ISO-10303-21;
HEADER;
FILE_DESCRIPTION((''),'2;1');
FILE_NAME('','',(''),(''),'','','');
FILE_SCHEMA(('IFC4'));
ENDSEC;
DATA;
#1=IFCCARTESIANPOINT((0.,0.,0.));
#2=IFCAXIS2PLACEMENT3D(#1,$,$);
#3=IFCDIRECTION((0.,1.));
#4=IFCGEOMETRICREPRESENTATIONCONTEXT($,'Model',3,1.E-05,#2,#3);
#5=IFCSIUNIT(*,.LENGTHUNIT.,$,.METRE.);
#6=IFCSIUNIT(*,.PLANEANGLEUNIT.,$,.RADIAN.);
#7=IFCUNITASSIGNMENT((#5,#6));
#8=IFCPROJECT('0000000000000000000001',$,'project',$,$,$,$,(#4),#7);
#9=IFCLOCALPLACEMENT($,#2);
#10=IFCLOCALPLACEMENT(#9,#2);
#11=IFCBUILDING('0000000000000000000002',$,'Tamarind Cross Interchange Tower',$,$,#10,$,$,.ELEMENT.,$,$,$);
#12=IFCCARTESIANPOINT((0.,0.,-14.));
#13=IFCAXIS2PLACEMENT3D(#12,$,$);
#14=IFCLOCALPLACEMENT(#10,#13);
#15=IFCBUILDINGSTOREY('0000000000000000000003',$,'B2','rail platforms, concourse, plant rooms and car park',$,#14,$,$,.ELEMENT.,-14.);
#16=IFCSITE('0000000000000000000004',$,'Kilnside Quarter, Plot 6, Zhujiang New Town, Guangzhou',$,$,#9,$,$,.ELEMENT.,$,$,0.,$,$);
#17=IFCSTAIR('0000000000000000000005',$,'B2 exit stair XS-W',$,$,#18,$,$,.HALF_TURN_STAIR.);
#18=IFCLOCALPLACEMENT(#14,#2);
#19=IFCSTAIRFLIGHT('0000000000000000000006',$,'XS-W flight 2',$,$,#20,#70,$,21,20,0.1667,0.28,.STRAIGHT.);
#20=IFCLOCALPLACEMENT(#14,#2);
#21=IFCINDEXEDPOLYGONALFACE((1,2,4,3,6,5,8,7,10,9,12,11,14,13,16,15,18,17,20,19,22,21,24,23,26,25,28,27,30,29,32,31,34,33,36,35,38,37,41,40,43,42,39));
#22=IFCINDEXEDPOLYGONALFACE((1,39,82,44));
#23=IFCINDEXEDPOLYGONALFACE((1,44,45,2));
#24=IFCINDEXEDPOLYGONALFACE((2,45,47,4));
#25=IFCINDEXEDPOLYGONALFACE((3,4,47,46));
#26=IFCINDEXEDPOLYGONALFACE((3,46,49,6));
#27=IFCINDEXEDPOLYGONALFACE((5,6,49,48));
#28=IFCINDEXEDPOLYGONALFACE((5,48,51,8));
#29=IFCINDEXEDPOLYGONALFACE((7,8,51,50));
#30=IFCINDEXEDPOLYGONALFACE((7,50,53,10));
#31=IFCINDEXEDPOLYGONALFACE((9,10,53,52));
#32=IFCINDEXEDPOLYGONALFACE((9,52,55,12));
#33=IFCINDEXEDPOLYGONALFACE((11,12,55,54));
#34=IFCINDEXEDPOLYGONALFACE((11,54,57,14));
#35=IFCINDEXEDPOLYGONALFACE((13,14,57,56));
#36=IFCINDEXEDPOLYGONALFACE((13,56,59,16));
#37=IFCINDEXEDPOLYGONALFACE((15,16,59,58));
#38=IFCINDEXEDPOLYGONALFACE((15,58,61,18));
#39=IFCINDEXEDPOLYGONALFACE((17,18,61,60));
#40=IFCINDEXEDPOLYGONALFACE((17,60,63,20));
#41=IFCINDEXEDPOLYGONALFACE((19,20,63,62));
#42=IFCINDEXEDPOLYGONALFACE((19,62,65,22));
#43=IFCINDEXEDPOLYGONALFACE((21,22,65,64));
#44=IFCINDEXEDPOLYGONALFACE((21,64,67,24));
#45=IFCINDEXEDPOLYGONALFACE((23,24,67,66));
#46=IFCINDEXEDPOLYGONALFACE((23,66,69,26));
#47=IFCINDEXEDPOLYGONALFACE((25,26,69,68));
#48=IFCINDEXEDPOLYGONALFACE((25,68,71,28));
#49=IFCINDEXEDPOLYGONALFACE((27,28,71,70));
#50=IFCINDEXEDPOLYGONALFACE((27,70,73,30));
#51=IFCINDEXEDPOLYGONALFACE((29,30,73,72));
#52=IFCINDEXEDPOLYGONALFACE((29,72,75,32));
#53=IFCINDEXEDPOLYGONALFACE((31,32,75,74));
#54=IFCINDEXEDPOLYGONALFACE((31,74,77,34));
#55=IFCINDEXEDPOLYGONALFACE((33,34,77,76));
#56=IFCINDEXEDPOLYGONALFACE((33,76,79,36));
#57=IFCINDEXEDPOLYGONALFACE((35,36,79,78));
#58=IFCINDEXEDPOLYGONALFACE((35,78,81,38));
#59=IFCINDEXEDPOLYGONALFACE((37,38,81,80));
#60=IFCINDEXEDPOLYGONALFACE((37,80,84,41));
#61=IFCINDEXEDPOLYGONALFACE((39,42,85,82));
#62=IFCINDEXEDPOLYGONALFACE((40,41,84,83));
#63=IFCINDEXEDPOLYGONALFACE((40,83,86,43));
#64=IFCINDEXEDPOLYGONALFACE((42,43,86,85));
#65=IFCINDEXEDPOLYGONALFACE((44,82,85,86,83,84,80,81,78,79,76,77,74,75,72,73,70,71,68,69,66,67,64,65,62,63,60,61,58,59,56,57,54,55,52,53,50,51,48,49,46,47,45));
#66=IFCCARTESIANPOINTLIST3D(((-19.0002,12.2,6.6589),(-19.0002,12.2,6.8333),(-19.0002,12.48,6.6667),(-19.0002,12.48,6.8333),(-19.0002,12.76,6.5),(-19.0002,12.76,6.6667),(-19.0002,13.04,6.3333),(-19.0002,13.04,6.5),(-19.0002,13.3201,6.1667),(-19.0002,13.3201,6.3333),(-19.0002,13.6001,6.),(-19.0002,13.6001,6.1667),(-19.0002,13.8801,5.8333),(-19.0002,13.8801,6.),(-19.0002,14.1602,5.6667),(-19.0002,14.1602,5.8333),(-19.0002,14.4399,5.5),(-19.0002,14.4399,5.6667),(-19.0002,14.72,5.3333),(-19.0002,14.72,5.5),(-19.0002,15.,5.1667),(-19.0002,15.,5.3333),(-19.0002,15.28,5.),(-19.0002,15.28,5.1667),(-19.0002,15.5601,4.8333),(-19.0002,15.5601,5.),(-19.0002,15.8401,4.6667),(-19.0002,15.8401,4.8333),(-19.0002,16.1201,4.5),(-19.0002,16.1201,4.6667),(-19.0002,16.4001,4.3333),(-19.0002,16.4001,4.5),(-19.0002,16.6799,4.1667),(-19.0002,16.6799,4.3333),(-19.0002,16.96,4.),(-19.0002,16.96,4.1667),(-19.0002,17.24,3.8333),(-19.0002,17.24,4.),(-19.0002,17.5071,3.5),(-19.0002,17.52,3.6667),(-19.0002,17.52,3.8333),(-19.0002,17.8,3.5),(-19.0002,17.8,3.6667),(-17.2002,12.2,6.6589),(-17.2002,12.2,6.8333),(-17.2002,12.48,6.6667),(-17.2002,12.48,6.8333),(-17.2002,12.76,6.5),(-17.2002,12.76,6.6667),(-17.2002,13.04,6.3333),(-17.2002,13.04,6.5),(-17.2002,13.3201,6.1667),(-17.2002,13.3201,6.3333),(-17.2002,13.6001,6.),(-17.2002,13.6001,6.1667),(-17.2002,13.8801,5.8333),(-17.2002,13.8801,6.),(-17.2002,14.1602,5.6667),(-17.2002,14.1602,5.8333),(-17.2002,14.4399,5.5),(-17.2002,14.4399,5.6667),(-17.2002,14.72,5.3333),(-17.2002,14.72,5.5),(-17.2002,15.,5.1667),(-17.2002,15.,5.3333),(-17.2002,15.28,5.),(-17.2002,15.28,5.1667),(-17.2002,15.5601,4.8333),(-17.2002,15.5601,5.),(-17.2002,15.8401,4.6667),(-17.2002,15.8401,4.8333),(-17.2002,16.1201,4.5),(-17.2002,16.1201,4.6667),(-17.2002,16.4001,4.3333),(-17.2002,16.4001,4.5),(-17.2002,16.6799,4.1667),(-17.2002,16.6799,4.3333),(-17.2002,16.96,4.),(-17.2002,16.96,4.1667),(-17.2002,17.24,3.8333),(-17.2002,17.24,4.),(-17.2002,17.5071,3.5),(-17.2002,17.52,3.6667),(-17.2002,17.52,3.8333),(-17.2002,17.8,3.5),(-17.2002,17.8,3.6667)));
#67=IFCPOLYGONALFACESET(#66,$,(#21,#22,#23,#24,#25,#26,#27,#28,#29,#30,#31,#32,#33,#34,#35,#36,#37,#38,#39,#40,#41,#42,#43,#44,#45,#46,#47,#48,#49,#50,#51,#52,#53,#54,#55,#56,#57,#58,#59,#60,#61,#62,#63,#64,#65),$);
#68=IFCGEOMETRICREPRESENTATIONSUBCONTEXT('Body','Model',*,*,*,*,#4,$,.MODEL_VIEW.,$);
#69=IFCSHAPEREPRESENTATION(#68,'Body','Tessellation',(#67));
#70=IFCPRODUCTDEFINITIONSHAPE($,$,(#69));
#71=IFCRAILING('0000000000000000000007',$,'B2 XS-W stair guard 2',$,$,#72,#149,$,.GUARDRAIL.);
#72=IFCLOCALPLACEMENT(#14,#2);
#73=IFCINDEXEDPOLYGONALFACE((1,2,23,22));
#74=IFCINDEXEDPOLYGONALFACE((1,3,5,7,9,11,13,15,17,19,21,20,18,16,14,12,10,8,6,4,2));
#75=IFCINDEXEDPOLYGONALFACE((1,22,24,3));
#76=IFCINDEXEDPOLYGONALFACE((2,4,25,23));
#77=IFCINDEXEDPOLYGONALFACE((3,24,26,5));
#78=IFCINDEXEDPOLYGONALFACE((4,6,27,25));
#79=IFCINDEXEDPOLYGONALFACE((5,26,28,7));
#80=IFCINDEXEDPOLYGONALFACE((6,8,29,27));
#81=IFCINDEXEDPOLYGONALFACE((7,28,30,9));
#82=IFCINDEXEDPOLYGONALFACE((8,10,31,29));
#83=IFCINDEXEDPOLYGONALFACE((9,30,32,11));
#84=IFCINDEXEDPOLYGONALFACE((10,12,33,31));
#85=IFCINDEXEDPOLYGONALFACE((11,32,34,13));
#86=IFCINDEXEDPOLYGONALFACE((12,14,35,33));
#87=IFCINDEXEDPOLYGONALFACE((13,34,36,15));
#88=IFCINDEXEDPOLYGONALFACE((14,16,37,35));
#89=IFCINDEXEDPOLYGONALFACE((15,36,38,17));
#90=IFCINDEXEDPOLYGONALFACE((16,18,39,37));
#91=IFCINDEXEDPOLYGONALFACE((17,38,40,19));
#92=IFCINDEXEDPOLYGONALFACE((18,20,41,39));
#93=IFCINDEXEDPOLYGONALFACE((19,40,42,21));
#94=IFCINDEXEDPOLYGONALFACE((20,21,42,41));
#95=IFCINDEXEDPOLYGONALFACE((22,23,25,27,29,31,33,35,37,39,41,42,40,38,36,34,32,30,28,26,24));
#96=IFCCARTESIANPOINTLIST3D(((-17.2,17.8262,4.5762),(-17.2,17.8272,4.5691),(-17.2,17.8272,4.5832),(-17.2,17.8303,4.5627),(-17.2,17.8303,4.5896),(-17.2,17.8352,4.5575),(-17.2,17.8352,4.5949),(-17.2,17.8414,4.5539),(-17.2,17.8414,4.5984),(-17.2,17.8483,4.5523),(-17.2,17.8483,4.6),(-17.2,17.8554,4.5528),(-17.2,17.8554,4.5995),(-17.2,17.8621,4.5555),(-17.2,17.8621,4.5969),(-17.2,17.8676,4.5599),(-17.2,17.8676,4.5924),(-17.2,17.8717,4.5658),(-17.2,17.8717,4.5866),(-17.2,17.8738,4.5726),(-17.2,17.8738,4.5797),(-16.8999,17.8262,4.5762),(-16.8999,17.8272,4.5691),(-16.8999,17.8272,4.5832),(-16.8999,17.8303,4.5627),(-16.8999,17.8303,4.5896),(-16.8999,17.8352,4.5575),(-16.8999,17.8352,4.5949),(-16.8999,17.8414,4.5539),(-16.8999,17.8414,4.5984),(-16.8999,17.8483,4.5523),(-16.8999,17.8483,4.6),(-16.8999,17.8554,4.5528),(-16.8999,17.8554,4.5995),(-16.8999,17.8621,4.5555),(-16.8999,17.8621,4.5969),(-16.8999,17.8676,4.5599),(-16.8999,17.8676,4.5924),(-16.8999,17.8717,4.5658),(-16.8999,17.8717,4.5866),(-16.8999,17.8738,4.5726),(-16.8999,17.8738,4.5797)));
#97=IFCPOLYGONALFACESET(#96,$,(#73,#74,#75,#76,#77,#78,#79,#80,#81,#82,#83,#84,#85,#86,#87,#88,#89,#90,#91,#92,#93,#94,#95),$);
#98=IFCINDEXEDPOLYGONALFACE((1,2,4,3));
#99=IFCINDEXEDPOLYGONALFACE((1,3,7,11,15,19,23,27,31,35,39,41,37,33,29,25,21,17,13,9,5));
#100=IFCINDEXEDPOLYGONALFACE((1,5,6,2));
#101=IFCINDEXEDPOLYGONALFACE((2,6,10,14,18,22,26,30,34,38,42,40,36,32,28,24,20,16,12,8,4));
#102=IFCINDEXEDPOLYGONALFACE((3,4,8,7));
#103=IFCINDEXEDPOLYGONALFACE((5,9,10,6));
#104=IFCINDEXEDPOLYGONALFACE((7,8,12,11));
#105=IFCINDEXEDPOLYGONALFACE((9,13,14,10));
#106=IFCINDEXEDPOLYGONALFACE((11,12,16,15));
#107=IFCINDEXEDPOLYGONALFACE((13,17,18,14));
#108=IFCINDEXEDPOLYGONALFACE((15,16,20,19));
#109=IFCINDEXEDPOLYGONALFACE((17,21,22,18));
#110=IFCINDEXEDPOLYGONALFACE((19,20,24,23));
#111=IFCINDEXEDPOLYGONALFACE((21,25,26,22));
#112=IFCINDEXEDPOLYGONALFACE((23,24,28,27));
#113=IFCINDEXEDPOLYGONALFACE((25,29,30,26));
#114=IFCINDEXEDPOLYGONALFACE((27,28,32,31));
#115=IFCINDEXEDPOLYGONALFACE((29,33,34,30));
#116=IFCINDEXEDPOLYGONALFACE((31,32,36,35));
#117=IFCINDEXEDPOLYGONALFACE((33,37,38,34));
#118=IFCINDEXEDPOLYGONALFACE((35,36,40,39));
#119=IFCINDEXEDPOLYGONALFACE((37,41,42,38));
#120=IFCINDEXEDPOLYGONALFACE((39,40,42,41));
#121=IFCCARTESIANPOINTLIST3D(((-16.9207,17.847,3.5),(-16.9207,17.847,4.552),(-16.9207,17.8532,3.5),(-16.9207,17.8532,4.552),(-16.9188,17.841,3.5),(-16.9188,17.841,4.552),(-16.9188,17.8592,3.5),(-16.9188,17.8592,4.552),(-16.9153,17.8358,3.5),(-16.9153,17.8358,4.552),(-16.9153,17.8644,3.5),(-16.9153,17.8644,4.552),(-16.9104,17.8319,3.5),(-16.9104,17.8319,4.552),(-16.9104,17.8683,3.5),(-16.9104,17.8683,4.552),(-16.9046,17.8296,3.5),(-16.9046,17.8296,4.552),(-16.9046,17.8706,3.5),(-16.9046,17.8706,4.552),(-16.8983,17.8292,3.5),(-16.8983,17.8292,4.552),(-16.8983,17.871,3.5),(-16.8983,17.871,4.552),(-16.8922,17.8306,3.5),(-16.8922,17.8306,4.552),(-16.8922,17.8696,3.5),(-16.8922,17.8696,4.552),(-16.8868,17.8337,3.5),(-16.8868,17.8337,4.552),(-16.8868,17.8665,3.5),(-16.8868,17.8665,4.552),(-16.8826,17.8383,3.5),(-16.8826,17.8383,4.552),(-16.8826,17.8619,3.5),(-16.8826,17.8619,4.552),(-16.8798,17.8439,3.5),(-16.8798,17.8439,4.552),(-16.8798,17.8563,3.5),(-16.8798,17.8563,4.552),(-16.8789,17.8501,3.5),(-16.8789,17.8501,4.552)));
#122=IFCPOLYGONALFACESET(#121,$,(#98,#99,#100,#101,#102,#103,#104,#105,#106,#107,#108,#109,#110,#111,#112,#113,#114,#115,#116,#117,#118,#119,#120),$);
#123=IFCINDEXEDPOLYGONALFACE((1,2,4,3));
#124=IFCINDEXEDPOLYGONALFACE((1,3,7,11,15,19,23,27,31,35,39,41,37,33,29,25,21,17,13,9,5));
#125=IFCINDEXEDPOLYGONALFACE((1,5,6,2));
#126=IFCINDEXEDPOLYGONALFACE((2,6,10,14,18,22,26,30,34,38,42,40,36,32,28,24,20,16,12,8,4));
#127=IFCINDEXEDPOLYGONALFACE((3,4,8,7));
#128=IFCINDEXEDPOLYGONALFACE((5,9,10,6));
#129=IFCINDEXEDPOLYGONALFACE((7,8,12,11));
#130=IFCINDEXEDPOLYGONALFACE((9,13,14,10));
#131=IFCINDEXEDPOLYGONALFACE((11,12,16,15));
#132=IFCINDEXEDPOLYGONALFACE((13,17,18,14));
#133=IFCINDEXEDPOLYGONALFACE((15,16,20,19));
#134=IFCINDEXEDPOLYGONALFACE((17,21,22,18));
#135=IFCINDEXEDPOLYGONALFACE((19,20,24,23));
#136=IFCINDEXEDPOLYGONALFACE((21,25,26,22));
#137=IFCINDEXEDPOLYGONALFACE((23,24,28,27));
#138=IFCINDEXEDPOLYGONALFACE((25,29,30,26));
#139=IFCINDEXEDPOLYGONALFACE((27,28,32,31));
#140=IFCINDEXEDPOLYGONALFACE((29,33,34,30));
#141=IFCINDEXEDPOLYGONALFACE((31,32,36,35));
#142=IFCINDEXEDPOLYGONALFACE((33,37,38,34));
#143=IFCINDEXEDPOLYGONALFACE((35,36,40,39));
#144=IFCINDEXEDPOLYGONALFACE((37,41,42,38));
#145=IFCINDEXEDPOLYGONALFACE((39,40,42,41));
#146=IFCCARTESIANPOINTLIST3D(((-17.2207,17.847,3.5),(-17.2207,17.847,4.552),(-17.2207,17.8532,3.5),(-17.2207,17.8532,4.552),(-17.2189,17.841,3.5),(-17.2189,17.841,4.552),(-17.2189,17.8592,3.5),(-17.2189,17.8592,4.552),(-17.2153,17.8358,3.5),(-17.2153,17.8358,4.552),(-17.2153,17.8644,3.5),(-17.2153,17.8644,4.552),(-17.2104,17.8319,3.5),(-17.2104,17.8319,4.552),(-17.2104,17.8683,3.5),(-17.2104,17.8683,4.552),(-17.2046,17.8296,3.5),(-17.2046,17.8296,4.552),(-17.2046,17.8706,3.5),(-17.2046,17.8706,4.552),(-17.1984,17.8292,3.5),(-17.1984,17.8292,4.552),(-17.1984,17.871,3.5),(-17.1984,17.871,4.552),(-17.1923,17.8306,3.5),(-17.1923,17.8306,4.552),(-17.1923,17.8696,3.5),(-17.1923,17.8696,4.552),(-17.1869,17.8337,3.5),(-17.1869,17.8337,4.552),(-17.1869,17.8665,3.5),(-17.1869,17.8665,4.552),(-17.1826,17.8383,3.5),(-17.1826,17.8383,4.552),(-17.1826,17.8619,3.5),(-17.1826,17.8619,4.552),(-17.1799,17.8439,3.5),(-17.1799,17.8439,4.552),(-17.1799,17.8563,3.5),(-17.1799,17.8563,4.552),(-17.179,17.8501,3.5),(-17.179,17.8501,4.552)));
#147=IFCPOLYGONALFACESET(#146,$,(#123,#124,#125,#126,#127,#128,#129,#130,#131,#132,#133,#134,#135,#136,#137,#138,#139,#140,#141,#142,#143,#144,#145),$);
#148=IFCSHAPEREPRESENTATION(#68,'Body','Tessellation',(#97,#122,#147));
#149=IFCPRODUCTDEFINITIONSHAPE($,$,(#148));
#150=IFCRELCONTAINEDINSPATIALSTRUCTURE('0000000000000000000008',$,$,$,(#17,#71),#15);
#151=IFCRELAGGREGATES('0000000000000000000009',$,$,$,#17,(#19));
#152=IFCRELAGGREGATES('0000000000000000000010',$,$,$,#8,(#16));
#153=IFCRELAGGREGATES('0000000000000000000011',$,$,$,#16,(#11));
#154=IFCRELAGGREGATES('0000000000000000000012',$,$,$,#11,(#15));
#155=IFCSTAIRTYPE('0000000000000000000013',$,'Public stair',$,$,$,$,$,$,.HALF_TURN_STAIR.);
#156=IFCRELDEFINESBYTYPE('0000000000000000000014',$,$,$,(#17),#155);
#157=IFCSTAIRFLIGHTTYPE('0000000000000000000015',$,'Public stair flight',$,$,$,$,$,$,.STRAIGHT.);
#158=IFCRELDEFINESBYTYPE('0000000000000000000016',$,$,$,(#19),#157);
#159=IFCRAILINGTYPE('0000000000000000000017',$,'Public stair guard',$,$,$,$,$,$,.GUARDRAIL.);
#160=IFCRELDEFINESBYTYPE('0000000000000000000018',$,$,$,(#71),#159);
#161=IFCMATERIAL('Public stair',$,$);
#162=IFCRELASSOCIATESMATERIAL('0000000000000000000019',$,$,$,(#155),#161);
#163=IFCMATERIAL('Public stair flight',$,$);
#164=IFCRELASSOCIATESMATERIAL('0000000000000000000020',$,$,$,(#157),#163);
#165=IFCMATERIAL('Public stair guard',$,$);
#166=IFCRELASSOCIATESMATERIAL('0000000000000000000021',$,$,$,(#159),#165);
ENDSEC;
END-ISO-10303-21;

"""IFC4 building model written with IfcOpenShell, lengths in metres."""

from ifc_helpers import new_model, si_unit, direction, frame, origin, origin_2d, place, context, subcontext, project, spatial, polyline, circle, outline, extrude, material, type_object, element, aggregate, save


model = new_model("IFC4")

# Units and contexts
model_context = context("Model", 3, precision=1e-05, world=origin(), true_north=direction((0.0, 1.0)))
body_context = subcontext(model_context, "Body", "Model", "MODEL_VIEW")
ifc_project = project(units=[si_unit("LENGTHUNIT", "METRE"), si_unit("PLANEANGLEUNIT", "RADIAN")], contexts=[model_context])

# Site, building, storey
site_placement = place(None, origin())
site = spatial("IfcSite", under=ifc_project, at=site_placement, Name="Kilnside Quarter, Plot 6, Zhujiang New Town, Guangzhou", CompositionType="ELEMENT", RefElevation=0.0)
building_placement = place(site_placement, origin())
building = spatial("IfcBuilding", under=site, at=building_placement, Name="Tamarind Cross Interchange Tower", CompositionType="ELEMENT")
storey_placement = place(building_placement, frame((0.0, 0.0, -14.0)))
storey = spatial("IfcBuildingStorey", under=building, at=storey_placement, Name="B2", Description="rail platforms, concourse, plant rooms and car park", CompositionType="ELEMENT", Elevation=-14.0)

# Shared definitions
ifc_material_1 = material(Name="Public stair")
stair_type = type_object("IfcStairType", Name="Public stair", PredefinedType="HALF_TURN_STAIR", material=ifc_material_1)

# Stair, stair flight
stair_1_placement = place(storey_placement, origin())
stair_1 = element("IfcStair", 1, at=stair_1_placement, inside=storey, type_object=stair_type, Name="B2 exit stair XS-W", PredefinedType="HALF_TURN_STAIR")
ifc_material_2 = material(Name="Public stair flight")
stair_flight_type = type_object("IfcStairFlightType", Name="Public stair flight", PredefinedType="STRAIGHT", material=ifc_material_2)
stair_flight_1_placement = place(storey_placement, frame((-18.1001, 17.8, 3.5), z_axis=(0.0, 0.0, 1.0), x_axis=(0.0, -1.0, 0.0)))
stair_flight_1 = element("IfcStairFlight", 2, at=stair_flight_1_placement, type_object=stair_flight_type, Name="XS-W flight 2", NumberOfRisers=21, NumberOfTreads=20, PredefinedType="STRAIGHT", RiserHeight=0.1667, TreadLength=0.28, context=body_context, shape_type="SweptSolid", body=[
    extrude(outline(polyline([(0.0, 0.0), (0.0, 0.1667), (0.28, 0.1667), (0.28, 0.3333), (0.5601, 0.3333), (0.5601, 0.5), (0.8401, 0.5), (0.8401, 0.6667), (1.1201, 0.6667), (1.1201, 0.8333), (1.3999, 0.8333), (1.3999, 1.0), (1.6799, 1.0), (1.6799, 1.1667), (1.96, 1.1667), (1.96, 1.3333), (2.24, 1.3333), (2.24, 1.5), (2.52, 1.5), (2.52, 1.6667), (2.8, 1.6667), (2.8, 1.8333), (3.0801, 1.8333), (3.0801, 2.0), (3.3601, 2.0), (3.3601, 2.1667), (3.6399, 2.1667), (3.6399, 2.3333), (3.9199, 2.3333), (3.9199, 2.5), (4.2, 2.5), (4.2, 2.6667), (4.48, 2.6667), (4.48, 2.8333), (4.76, 2.8333), (4.76, 3.0), (5.04, 3.0), (5.04, 3.1667), (5.3201, 3.1667), (5.3201, 3.3333), (5.6001, 3.3333), (5.6001, 3.5), (5.6001, 3.1589), (0.293, 0.0), (0.0, 0.0)])), frame((0.0, 0.8999, 0.0), z_axis=(0.0, -1.0, 0.0), x_axis=(1.0, 0.0, 0.0)), (0.0, 0.0, 1.0), 1.8),
])
aggregate(stair_1, [stair_flight_1])

# Railing
ifc_material_3 = material(Name="Public stair guard")
railing_type_1 = type_object("IfcRailingType", Name="Public stair guard", PredefinedType="GUARDRAIL", material=ifc_material_3)
railing_1_placement = place(storey_placement, frame((-16.8999, 17.8501, 3.5)))
element("IfcRailing", 3, at=railing_1_placement, inside=storey, type_object=railing_type_1, Name="B2 XS-W stair guard 2", PredefinedType="GUARDRAIL", context=body_context, shape_type="SweptSolid", body=[
    extrude(circle(Radius=0.0239, at=origin_2d()), frame((0.0, 0.0, 1.0762), z_axis=(-1.0, 0.0, 0.0), x_axis=(0.0, -1.0, 0.0)), (0.0, 0.0, 1.0), 0.3),
    extrude(circle(Radius=0.021, at=origin_2d()), origin(), (0.0, 0.0, 1.0), 1.052),
    extrude(circle(Radius=0.021, at=origin_2d()), frame((-0.3, 0.0, 0.0)), (0.0, 0.0, 1.0), 1.052),
])

save(model, "model.ifc")
